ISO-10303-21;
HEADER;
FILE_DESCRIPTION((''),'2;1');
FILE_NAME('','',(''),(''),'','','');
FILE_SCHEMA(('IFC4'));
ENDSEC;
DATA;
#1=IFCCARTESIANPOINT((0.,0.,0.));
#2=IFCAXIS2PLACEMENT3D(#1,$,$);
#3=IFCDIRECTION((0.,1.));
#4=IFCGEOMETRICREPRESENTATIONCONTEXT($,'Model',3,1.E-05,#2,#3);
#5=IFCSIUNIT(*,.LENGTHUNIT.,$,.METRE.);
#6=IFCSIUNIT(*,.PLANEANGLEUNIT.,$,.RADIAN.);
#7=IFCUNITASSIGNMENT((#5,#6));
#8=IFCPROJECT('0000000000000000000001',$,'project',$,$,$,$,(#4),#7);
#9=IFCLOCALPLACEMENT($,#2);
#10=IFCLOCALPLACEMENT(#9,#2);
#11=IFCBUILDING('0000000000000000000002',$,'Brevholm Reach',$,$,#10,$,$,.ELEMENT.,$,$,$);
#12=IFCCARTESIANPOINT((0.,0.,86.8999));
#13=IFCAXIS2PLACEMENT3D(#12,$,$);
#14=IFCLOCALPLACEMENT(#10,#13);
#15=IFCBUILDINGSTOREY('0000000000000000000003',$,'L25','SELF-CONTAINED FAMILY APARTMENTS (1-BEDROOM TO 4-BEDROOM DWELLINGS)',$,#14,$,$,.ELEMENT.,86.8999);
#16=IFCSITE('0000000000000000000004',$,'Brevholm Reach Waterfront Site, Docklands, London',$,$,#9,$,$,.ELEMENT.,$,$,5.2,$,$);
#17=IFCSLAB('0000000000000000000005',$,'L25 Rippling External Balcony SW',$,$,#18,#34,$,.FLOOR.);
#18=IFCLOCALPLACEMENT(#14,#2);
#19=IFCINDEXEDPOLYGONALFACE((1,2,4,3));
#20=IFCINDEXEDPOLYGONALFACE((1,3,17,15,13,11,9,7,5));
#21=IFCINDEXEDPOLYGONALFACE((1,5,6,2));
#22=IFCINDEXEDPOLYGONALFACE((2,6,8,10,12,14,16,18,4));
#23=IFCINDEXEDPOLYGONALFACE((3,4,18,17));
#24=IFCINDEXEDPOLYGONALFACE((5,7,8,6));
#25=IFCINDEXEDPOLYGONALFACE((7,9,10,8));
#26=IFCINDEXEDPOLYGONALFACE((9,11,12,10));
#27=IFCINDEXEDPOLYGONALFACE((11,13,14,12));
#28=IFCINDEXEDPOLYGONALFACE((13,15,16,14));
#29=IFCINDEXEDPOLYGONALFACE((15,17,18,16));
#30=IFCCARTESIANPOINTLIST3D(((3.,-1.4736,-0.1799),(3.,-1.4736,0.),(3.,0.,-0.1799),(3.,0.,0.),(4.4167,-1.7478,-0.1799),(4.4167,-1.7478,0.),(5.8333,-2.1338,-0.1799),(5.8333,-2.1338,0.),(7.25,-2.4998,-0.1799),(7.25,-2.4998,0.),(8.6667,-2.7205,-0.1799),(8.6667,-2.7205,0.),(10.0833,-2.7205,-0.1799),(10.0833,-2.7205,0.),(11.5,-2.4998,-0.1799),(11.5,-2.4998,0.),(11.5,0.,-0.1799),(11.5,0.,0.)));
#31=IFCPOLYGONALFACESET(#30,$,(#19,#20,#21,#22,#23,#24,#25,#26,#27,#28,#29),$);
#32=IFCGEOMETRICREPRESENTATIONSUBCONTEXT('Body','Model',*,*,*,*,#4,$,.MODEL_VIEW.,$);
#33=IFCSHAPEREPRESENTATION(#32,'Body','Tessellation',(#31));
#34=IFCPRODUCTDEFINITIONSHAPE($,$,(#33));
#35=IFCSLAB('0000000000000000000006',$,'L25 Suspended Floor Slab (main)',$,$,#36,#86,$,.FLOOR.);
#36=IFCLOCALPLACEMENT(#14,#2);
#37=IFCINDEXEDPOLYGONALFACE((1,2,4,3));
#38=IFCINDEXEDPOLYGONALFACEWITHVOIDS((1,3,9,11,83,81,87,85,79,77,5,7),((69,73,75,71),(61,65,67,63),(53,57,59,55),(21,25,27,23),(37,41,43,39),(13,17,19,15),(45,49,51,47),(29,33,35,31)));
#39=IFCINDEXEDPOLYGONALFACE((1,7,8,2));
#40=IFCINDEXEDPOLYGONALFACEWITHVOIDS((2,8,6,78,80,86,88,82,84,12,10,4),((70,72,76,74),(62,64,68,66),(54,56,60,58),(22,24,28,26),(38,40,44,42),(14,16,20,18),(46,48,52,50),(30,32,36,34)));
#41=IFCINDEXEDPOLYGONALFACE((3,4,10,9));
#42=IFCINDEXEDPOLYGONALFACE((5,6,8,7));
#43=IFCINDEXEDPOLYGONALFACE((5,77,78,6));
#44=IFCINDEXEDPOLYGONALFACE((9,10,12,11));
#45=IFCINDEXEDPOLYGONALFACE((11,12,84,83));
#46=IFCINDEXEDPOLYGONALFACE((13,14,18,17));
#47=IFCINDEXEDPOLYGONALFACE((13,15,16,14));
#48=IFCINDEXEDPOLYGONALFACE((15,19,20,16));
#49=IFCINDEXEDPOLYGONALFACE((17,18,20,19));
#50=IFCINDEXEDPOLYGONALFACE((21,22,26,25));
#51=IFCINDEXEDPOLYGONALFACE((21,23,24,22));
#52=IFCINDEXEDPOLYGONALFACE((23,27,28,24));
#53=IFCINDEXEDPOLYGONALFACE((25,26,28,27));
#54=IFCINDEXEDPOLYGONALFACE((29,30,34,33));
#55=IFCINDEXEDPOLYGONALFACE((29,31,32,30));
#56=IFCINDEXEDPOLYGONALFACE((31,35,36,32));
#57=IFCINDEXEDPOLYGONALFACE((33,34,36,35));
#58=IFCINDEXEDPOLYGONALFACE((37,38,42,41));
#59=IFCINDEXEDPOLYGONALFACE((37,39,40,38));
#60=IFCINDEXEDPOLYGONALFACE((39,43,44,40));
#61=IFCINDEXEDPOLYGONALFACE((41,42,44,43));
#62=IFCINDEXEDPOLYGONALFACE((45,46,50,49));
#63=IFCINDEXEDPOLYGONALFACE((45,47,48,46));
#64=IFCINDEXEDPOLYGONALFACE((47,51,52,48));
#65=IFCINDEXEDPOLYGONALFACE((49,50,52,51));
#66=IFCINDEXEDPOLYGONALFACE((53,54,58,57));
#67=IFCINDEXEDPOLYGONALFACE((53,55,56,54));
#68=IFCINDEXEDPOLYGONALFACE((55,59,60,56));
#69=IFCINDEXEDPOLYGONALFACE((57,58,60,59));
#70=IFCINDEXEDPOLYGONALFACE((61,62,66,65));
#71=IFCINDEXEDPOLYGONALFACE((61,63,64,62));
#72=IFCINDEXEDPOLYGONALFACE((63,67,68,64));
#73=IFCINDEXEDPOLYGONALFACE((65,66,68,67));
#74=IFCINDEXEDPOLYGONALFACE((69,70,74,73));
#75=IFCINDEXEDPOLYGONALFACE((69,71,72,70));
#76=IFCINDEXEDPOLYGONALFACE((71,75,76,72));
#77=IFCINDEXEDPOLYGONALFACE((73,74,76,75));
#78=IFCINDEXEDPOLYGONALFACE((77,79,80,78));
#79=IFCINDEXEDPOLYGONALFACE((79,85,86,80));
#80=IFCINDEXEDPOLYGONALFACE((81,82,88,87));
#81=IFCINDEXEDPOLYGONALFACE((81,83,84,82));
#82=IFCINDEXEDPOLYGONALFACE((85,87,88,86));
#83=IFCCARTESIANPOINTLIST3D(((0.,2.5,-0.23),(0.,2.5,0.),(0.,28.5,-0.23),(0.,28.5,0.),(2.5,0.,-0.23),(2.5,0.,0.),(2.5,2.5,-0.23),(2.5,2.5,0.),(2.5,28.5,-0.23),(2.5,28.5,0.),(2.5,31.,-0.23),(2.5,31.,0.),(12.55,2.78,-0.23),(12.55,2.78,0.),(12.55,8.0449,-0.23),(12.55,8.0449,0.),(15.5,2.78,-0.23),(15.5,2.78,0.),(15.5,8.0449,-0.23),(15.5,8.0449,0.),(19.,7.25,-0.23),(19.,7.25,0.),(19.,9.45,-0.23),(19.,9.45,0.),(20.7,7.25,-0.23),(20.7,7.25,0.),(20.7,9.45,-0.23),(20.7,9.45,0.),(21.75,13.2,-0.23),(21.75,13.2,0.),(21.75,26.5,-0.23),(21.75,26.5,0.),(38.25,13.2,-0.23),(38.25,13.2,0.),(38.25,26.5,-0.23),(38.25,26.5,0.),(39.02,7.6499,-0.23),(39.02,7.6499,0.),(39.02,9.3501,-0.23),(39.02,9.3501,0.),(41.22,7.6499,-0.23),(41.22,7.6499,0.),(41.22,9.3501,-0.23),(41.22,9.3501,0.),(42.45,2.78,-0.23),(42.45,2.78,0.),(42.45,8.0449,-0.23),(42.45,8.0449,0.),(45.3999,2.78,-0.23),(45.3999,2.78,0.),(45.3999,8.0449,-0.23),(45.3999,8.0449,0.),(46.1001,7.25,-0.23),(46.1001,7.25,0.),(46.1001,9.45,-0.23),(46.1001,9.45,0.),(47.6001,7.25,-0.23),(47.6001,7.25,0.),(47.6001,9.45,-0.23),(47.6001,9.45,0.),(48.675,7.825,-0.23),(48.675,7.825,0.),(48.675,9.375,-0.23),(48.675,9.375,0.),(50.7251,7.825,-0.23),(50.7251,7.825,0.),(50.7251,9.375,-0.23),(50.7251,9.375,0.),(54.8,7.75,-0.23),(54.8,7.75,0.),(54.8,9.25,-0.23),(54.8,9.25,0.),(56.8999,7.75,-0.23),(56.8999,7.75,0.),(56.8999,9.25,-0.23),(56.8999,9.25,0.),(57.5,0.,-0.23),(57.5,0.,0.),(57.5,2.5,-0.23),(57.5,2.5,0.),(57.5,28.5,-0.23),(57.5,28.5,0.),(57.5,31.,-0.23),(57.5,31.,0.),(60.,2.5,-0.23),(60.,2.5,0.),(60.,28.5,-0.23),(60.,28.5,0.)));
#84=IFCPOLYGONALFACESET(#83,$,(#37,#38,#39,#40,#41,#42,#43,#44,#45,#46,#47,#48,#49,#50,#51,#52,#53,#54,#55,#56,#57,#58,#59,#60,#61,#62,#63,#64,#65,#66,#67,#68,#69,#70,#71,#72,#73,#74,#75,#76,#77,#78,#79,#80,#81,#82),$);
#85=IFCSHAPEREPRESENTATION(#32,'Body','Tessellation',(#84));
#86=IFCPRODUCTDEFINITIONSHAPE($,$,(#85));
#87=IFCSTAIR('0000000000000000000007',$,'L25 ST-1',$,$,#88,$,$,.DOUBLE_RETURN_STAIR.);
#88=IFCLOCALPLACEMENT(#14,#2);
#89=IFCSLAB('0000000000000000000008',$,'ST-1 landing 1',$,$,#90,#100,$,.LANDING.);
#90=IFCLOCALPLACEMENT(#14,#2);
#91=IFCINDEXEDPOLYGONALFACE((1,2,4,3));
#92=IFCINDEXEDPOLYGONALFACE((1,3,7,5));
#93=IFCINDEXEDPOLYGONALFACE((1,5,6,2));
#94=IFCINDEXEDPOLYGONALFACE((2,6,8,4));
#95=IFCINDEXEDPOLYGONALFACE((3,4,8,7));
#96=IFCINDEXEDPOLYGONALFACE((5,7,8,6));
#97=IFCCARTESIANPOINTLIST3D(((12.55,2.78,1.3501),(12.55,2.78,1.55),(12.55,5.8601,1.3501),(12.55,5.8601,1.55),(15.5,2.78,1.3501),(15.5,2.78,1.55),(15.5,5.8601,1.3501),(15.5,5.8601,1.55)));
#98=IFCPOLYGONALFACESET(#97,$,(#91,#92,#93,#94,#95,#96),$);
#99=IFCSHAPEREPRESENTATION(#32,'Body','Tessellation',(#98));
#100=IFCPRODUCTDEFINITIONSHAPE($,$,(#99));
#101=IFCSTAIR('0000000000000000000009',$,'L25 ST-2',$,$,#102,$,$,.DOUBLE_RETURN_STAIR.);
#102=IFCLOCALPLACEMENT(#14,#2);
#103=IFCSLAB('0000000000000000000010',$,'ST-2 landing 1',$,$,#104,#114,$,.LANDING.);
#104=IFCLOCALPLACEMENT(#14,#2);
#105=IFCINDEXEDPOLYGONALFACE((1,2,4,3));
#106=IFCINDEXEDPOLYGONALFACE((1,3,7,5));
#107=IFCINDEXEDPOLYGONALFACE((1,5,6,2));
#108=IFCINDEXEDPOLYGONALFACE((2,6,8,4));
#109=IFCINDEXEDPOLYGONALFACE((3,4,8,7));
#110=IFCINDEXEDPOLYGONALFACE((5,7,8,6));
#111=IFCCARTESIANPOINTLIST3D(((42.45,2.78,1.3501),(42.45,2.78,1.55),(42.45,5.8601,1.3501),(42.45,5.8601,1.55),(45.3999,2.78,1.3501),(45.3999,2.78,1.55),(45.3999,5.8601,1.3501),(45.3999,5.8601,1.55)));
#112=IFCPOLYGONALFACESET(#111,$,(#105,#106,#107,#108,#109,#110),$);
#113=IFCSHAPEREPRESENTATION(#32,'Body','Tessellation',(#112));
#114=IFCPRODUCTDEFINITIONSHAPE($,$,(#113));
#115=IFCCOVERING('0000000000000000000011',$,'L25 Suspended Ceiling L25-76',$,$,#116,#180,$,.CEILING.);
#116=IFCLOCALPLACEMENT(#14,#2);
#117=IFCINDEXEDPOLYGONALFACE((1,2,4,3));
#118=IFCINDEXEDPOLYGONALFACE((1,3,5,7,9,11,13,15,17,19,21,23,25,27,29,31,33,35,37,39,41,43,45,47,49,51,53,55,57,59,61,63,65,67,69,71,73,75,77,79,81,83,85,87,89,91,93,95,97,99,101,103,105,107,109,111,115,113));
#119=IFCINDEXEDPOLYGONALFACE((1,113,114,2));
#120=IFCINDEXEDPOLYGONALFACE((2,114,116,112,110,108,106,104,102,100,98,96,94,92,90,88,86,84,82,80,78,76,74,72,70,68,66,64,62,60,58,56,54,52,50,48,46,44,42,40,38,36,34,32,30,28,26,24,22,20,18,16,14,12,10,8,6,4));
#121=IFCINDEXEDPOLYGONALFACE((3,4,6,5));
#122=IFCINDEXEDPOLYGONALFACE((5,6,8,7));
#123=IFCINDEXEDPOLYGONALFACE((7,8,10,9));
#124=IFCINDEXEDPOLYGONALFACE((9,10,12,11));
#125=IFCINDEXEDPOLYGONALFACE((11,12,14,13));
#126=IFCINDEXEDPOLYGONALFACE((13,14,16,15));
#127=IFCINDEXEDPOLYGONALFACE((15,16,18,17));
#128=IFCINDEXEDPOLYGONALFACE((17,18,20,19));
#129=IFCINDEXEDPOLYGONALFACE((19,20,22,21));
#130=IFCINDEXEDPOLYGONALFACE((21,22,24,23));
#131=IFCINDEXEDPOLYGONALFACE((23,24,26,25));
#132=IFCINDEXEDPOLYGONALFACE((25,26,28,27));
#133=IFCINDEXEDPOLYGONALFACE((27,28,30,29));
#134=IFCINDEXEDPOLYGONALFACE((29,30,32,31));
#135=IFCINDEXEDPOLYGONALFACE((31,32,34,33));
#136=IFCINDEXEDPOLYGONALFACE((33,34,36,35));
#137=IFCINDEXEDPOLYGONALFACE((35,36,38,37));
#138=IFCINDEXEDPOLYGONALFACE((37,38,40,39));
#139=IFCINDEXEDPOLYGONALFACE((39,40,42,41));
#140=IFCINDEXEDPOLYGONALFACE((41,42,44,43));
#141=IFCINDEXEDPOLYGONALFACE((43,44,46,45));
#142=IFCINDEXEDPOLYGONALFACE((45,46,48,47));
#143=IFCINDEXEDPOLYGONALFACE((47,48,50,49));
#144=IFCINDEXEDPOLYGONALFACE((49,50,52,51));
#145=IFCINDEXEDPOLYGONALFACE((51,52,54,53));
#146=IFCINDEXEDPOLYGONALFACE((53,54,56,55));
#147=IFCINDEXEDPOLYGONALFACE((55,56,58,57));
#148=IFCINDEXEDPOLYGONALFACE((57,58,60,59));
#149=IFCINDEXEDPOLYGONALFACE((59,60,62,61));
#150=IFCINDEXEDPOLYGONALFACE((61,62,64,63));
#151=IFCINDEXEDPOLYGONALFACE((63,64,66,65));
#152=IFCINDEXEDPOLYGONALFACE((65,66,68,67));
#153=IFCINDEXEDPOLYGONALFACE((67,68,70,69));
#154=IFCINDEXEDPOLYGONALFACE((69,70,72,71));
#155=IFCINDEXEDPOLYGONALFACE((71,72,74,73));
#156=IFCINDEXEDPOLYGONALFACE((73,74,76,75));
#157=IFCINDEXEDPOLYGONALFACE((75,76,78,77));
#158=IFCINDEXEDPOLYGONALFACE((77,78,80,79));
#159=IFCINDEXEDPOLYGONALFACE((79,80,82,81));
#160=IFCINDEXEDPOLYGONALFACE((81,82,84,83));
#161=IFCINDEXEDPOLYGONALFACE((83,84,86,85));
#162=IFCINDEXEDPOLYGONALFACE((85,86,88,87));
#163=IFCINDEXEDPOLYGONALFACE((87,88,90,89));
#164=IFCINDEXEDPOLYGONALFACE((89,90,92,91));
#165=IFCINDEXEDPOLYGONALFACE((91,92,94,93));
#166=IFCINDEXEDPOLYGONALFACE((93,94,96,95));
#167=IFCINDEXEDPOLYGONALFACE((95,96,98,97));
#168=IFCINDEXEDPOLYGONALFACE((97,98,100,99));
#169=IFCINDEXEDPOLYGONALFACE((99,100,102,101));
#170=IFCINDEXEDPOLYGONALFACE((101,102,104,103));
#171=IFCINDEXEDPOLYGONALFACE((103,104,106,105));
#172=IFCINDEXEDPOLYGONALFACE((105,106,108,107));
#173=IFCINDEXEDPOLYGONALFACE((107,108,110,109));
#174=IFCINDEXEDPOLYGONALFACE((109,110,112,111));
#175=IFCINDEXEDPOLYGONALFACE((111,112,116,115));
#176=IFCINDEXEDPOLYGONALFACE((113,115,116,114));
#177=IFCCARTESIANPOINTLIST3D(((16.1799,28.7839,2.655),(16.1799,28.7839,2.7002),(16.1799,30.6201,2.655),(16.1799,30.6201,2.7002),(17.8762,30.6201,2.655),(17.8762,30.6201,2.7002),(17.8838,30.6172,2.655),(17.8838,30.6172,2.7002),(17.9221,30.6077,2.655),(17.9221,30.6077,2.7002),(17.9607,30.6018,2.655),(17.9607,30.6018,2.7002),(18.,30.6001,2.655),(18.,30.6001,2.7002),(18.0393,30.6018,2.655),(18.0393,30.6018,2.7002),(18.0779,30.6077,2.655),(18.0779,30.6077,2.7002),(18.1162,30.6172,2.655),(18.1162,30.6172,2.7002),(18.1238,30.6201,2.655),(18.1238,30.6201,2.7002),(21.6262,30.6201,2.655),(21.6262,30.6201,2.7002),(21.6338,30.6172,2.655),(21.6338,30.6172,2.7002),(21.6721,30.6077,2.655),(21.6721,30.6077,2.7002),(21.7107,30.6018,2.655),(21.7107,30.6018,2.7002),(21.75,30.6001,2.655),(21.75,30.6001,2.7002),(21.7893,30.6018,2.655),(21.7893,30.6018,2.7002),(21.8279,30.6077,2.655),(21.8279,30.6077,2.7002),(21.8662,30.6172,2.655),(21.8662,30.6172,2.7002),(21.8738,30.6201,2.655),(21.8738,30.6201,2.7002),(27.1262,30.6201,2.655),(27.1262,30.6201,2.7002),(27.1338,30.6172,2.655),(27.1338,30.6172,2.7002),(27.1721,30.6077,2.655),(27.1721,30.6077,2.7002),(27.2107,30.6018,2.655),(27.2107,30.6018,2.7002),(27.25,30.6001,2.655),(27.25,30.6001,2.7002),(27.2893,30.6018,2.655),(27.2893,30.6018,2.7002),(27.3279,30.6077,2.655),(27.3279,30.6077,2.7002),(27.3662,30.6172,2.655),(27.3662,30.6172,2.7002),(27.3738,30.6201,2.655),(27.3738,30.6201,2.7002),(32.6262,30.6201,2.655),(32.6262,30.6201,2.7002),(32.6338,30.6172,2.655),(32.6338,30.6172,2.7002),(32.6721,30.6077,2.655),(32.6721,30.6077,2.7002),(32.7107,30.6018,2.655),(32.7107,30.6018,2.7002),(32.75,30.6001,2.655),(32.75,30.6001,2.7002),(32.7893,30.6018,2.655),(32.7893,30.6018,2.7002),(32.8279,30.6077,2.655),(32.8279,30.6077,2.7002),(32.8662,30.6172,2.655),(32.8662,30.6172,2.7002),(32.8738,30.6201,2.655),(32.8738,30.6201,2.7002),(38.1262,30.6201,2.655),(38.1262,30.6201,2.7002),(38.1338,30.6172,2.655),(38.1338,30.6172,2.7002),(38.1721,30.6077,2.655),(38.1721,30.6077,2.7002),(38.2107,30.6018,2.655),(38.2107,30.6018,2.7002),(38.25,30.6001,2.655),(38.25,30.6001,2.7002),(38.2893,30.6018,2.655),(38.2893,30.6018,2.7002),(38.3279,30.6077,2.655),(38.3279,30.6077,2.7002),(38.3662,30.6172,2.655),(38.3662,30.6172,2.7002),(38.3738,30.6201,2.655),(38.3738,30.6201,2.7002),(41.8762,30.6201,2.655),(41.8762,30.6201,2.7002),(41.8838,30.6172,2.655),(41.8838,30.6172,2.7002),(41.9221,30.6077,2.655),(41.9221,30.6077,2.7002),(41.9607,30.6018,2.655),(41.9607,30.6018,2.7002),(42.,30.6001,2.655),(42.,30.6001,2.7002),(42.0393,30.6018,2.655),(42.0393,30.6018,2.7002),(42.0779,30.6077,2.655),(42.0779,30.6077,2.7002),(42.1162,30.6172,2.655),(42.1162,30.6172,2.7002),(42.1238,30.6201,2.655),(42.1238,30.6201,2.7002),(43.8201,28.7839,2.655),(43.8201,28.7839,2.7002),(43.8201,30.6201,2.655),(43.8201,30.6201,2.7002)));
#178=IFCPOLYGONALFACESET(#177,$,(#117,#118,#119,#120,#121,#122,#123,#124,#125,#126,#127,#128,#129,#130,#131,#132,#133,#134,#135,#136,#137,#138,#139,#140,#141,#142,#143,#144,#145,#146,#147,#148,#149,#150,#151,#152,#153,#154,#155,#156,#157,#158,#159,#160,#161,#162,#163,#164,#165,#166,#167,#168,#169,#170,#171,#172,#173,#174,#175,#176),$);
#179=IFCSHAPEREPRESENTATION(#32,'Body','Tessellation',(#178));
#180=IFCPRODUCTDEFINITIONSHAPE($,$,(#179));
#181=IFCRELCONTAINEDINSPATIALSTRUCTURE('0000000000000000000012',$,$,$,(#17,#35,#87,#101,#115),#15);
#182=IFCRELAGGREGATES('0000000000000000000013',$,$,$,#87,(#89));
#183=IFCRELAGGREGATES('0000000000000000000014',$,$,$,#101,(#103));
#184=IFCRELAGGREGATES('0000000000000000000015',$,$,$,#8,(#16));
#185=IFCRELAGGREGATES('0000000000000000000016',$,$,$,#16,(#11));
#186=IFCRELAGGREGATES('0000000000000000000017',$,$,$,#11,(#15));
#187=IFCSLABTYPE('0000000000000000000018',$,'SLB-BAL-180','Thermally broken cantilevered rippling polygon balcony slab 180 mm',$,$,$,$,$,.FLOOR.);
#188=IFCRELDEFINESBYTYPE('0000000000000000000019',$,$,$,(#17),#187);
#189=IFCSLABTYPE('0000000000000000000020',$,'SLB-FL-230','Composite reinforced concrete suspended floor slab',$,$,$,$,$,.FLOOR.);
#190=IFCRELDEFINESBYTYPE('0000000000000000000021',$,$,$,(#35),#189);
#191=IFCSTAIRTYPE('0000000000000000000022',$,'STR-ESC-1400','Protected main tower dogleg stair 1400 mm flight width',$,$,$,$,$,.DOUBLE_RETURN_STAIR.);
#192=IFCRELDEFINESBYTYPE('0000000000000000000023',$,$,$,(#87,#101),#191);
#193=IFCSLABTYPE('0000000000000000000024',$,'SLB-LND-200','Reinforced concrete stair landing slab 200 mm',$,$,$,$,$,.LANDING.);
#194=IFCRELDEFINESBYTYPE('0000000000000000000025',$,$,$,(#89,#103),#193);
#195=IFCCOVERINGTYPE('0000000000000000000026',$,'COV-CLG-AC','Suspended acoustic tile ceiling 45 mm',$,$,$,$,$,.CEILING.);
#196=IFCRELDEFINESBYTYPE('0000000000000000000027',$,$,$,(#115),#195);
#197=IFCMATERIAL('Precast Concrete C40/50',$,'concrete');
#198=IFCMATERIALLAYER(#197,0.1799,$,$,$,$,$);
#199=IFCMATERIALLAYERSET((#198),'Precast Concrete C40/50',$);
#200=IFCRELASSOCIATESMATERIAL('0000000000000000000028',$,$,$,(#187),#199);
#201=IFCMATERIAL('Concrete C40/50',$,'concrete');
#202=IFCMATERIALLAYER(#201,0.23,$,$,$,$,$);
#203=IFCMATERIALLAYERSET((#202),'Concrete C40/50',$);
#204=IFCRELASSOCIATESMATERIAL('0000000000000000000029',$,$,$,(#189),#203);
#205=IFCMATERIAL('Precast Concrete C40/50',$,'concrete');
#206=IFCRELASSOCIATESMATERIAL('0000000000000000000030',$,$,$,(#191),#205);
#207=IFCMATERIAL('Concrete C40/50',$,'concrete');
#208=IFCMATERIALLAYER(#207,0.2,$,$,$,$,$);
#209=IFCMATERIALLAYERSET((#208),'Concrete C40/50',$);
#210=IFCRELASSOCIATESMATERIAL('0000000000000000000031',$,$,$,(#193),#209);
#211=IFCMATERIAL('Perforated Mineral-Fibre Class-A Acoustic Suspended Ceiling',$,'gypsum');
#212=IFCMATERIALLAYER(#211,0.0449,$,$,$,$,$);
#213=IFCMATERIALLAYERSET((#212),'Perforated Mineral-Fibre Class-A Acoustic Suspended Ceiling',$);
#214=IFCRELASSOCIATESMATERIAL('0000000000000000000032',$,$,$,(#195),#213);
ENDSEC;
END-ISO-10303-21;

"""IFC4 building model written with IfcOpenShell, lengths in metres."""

from ifc_helpers import new_model, si_unit, direction, frame, origin, place, context, subcontext, project, spatial, polyline, outline, extrude, material, layer, layer_set, type_object, element, aggregate, save


model = new_model("IFC4")

# Units and contexts
model_context = context("Model", 3, precision=1e-05, world=origin(), true_north=direction((0.0, 1.0)))
body_context = subcontext(model_context, "Body", "Model", "MODEL_VIEW")
ifc_project = project(units=[si_unit("LENGTHUNIT", "METRE"), si_unit("PLANEANGLEUNIT", "RADIAN")], contexts=[model_context])

# Site, building, storey
site_placement = place(None, origin())
site = spatial("IfcSite", under=ifc_project, at=site_placement, Name="Brevholm Reach Waterfront Site, Docklands, London", CompositionType="ELEMENT", RefElevation=5.2)
building_placement = place(site_placement, origin())
building = spatial("IfcBuilding", under=site, at=building_placement, Name="Brevholm Reach", CompositionType="ELEMENT")
storey_placement = place(building_placement, frame((0.0, 0.0, 86.8999)))
storey = spatial("IfcBuildingStorey", under=building, at=storey_placement, Name="L25", Description="SELF-CONTAINED FAMILY APARTMENTS (1-BEDROOM TO 4-BEDROOM DWELLINGS)", CompositionType="ELEMENT", Elevation=86.8999)

# Slabs
ifc_material_1 = material(Name="Precast Concrete C40/50", Category="concrete")
ifc_layer_1 = layer(ifc_material_1, 0.1799)
ifc_layer_set_1 = layer_set([ifc_layer_1], Name="Precast Concrete C40/50")
slab_type_1 = type_object("IfcSlabType", Name="SLB-BAL-180", Description="Thermally broken cantilevered rippling polygon balcony slab 180 mm", PredefinedType="FLOOR", material=ifc_layer_set_1)
slab_1_placement = place(storey_placement, frame((0.0, 0.0, -0.1799)))
element("IfcSlab", 1, at=slab_1_placement, inside=storey, type_object=slab_type_1, Name="L25 Rippling External Balcony SW", PredefinedType="FLOOR", context=body_context, shape_type="SweptSolid", body=[
    extrude(outline(polyline([(3.0, -1.4736), (4.4167, -1.7478), (5.8333, -2.1338), (7.25, -2.4998), (8.6667, -2.7205), (10.0833, -2.7205), (11.5, -2.4998), (11.5, 0.0), (3.0, 0.0), (3.0, -1.4736)])), origin(), (0.0, 0.0, 1.0), 0.1799),
])
ifc_material_2 = material(Name="Concrete C40/50", Category="concrete")
ifc_layer_2 = layer(ifc_material_2, 0.23)
ifc_layer_set_2 = layer_set([ifc_layer_2], Name="Concrete C40/50")
slab_type_2 = type_object("IfcSlabType", Name="SLB-FL-230", Description="Composite reinforced concrete suspended floor slab", PredefinedType="FLOOR", material=ifc_layer_set_2)
slab_2_placement = place(storey_placement, frame((0.0, 0.0, -0.23)))
element("IfcSlab", 2, at=slab_2_placement, inside=storey, type_object=slab_type_2, Name="L25 Suspended Floor Slab (main)", PredefinedType="FLOOR", context=body_context, shape_type="SweptSolid", body=[
    extrude(outline(polyline([(2.5, 0.0), (57.5, 0.0), (57.5, 2.5), (60.0, 2.5), (60.0, 28.5), (57.5, 28.5), (57.5, 31.0), (2.5, 31.0), (2.5, 28.5), (0.0, 28.5), (0.0, 2.5), (2.5, 2.5), (2.5, 0.0)]), holes=[polyline([(21.75, 13.2), (38.25, 13.2), (38.25, 26.5), (21.75, 26.5), (21.75, 13.2)]), polyline([(12.55, 2.78), (15.5, 2.78), (15.5, 8.0449), (12.55, 8.0449), (12.55, 2.78)]), polyline([(42.45, 2.78), (45.3999, 2.78), (45.3999, 8.0449), (42.45, 8.0449), (42.45, 2.78)]), polyline([(19.0, 7.25), (20.7, 7.25), (20.7, 9.45), (19.0, 9.45), (19.0, 7.25)]), polyline([(46.1001, 7.25), (47.6001, 7.25), (47.6001, 9.45), (46.1001, 9.45), (46.1001, 7.25)]), polyline([(48.675, 7.825), (50.7251, 7.825), (50.7251, 9.375), (48.675, 9.375), (48.675, 7.825)]), polyline([(54.8, 7.75), (56.8999, 7.75), (56.8999, 9.25), (54.8, 9.25), (54.8, 7.75)]), polyline([(39.02, 7.6499), (41.22, 7.6499), (41.22, 9.3501), (39.02, 9.3501), (39.02, 7.6499)])]), origin(), (0.0, 0.0, 1.0), 0.23),
])

# Stairs, slabs
ifc_material_3 = material(Name="Precast Concrete C40/50", Category="concrete")
stair_type = type_object("IfcStairType", Name="STR-ESC-1400", Description="Protected main tower dogleg stair 1400 mm flight width", PredefinedType="DOUBLE_RETURN_STAIR", material=ifc_material_3)
stair_1_placement = place(storey_placement, origin())
stair_1 = element("IfcStair", 3, at=stair_1_placement, inside=storey, type_object=stair_type, Name="L25 ST-1", PredefinedType="DOUBLE_RETURN_STAIR")
ifc_material_4 = material(Name="Concrete C40/50", Category="concrete")
ifc_layer_3 = layer(ifc_material_4, 0.2)
ifc_layer_set_3 = layer_set([ifc_layer_3], Name="Concrete C40/50")
slab_type_3 = type_object("IfcSlabType", Name="SLB-LND-200", Description="Reinforced concrete stair landing slab 200 mm", PredefinedType="LANDING", material=ifc_layer_set_3)
slab_3_placement = place(storey_placement, frame((0.0, 0.0, 1.3501)))
slab_3 = element("IfcSlab", 4, at=slab_3_placement, type_object=slab_type_3, Name="ST-1 landing 1", PredefinedType="LANDING", context=body_context, shape_type="SweptSolid", body=[
    extrude(outline(polyline([(12.55, 5.8601), (12.55, 2.78), (15.5, 2.78), (15.5, 5.8601), (12.55, 5.8601)])), origin(), (0.0, 0.0, 1.0), 0.2),
])
aggregate(stair_1, [slab_3])
stair_2_placement = place(storey_placement, origin())
stair_2 = element("IfcStair", 5, at=stair_2_placement, inside=storey, type_object=stair_type, Name="L25 ST-2", PredefinedType="DOUBLE_RETURN_STAIR")
slab_4_placement = place(storey_placement, frame((0.0, 0.0, 1.3501)))
slab_4 = element("IfcSlab", 6, at=slab_4_placement, type_object=slab_type_3, Name="ST-2 landing 1", PredefinedType="LANDING", context=body_context, shape_type="SweptSolid", body=[
    extrude(outline(polyline([(42.45, 5.8601), (42.45, 2.78), (45.3999, 2.78), (45.3999, 5.8601), (42.45, 5.8601)])), origin(), (0.0, 0.0, 1.0), 0.2),
])
aggregate(stair_2, [slab_4])

# Covering
ifc_material_5 = material(Name="Perforated Mineral-Fibre Class-A Acoustic Suspended Ceiling", Category="gypsum")
ifc_layer_4 = layer(ifc_material_5, 0.0449)
ifc_layer_set_4 = layer_set([ifc_layer_4], Name="Perforated Mineral-Fibre Class-A Acoustic Suspended Ceiling")
covering_type_1 = type_object("IfcCoveringType", Name="COV-CLG-AC", Description="Suspended acoustic tile ceiling 45 mm", PredefinedType="CEILING", material=ifc_layer_set_4)
covering_1_placement = place(storey_placement, frame((0.0, 0.0, 2.655)))
element("IfcCovering", 7, at=covering_1_placement, inside=storey, type_object=covering_type_1, Name="L25 Suspended Ceiling L25-76", PredefinedType="CEILING", context=body_context, shape_type="SweptSolid", body=[
    extrude(outline(polyline([(16.1799, 30.6201), (17.8762, 30.6201), (17.8838, 30.6172), (17.9221, 30.6077), (17.9607, 30.6018), (18.0, 30.6001), (18.0393, 30.6018), (18.0779, 30.6077), (18.1162, 30.6172), (18.1238, 30.6201), (21.6262, 30.6201), (21.6338, 30.6172), (21.6721, 30.6077), (21.7107, 30.6018), (21.75, 30.6001), (21.7893, 30.6018), (21.8279, 30.6077), (21.8662, 30.6172), (21.8738, 30.6201), (27.1262, 30.6201), (27.1338, 30.6172), (27.1721, 30.6077), (27.2107, 30.6018), (27.25, 30.6001), (27.2893, 30.6018), (27.3279, 30.6077), (27.3662, 30.6172), (27.3738, 30.6201), (32.6262, 30.6201), (32.6338, 30.6172), (32.6721, 30.6077), (32.7107, 30.6018), (32.75, 30.6001), (32.7893, 30.6018), (32.8279, 30.6077), (32.8662, 30.6172), (32.8738, 30.6201), (38.1262, 30.6201), (38.1338, 30.6172), (38.1721, 30.6077), (38.2107, 30.6018), (38.25, 30.6001), (38.2893, 30.6018), (38.3279, 30.6077), (38.3662, 30.6172), (38.3738, 30.6201), (41.8762, 30.6201), (41.8838, 30.6172), (41.9221, 30.6077), (41.9607, 30.6018), (42.0, 30.6001), (42.0393, 30.6018), (42.0779, 30.6077), (42.1162, 30.6172), (42.1238, 30.6201), (43.8201, 30.6201), (43.8201, 28.7839), (16.1799, 28.7839), (16.1799, 30.6201)])), origin(), (0.0, 0.0, 1.0), 0.0452),
])

save(model, "model.ifc")
